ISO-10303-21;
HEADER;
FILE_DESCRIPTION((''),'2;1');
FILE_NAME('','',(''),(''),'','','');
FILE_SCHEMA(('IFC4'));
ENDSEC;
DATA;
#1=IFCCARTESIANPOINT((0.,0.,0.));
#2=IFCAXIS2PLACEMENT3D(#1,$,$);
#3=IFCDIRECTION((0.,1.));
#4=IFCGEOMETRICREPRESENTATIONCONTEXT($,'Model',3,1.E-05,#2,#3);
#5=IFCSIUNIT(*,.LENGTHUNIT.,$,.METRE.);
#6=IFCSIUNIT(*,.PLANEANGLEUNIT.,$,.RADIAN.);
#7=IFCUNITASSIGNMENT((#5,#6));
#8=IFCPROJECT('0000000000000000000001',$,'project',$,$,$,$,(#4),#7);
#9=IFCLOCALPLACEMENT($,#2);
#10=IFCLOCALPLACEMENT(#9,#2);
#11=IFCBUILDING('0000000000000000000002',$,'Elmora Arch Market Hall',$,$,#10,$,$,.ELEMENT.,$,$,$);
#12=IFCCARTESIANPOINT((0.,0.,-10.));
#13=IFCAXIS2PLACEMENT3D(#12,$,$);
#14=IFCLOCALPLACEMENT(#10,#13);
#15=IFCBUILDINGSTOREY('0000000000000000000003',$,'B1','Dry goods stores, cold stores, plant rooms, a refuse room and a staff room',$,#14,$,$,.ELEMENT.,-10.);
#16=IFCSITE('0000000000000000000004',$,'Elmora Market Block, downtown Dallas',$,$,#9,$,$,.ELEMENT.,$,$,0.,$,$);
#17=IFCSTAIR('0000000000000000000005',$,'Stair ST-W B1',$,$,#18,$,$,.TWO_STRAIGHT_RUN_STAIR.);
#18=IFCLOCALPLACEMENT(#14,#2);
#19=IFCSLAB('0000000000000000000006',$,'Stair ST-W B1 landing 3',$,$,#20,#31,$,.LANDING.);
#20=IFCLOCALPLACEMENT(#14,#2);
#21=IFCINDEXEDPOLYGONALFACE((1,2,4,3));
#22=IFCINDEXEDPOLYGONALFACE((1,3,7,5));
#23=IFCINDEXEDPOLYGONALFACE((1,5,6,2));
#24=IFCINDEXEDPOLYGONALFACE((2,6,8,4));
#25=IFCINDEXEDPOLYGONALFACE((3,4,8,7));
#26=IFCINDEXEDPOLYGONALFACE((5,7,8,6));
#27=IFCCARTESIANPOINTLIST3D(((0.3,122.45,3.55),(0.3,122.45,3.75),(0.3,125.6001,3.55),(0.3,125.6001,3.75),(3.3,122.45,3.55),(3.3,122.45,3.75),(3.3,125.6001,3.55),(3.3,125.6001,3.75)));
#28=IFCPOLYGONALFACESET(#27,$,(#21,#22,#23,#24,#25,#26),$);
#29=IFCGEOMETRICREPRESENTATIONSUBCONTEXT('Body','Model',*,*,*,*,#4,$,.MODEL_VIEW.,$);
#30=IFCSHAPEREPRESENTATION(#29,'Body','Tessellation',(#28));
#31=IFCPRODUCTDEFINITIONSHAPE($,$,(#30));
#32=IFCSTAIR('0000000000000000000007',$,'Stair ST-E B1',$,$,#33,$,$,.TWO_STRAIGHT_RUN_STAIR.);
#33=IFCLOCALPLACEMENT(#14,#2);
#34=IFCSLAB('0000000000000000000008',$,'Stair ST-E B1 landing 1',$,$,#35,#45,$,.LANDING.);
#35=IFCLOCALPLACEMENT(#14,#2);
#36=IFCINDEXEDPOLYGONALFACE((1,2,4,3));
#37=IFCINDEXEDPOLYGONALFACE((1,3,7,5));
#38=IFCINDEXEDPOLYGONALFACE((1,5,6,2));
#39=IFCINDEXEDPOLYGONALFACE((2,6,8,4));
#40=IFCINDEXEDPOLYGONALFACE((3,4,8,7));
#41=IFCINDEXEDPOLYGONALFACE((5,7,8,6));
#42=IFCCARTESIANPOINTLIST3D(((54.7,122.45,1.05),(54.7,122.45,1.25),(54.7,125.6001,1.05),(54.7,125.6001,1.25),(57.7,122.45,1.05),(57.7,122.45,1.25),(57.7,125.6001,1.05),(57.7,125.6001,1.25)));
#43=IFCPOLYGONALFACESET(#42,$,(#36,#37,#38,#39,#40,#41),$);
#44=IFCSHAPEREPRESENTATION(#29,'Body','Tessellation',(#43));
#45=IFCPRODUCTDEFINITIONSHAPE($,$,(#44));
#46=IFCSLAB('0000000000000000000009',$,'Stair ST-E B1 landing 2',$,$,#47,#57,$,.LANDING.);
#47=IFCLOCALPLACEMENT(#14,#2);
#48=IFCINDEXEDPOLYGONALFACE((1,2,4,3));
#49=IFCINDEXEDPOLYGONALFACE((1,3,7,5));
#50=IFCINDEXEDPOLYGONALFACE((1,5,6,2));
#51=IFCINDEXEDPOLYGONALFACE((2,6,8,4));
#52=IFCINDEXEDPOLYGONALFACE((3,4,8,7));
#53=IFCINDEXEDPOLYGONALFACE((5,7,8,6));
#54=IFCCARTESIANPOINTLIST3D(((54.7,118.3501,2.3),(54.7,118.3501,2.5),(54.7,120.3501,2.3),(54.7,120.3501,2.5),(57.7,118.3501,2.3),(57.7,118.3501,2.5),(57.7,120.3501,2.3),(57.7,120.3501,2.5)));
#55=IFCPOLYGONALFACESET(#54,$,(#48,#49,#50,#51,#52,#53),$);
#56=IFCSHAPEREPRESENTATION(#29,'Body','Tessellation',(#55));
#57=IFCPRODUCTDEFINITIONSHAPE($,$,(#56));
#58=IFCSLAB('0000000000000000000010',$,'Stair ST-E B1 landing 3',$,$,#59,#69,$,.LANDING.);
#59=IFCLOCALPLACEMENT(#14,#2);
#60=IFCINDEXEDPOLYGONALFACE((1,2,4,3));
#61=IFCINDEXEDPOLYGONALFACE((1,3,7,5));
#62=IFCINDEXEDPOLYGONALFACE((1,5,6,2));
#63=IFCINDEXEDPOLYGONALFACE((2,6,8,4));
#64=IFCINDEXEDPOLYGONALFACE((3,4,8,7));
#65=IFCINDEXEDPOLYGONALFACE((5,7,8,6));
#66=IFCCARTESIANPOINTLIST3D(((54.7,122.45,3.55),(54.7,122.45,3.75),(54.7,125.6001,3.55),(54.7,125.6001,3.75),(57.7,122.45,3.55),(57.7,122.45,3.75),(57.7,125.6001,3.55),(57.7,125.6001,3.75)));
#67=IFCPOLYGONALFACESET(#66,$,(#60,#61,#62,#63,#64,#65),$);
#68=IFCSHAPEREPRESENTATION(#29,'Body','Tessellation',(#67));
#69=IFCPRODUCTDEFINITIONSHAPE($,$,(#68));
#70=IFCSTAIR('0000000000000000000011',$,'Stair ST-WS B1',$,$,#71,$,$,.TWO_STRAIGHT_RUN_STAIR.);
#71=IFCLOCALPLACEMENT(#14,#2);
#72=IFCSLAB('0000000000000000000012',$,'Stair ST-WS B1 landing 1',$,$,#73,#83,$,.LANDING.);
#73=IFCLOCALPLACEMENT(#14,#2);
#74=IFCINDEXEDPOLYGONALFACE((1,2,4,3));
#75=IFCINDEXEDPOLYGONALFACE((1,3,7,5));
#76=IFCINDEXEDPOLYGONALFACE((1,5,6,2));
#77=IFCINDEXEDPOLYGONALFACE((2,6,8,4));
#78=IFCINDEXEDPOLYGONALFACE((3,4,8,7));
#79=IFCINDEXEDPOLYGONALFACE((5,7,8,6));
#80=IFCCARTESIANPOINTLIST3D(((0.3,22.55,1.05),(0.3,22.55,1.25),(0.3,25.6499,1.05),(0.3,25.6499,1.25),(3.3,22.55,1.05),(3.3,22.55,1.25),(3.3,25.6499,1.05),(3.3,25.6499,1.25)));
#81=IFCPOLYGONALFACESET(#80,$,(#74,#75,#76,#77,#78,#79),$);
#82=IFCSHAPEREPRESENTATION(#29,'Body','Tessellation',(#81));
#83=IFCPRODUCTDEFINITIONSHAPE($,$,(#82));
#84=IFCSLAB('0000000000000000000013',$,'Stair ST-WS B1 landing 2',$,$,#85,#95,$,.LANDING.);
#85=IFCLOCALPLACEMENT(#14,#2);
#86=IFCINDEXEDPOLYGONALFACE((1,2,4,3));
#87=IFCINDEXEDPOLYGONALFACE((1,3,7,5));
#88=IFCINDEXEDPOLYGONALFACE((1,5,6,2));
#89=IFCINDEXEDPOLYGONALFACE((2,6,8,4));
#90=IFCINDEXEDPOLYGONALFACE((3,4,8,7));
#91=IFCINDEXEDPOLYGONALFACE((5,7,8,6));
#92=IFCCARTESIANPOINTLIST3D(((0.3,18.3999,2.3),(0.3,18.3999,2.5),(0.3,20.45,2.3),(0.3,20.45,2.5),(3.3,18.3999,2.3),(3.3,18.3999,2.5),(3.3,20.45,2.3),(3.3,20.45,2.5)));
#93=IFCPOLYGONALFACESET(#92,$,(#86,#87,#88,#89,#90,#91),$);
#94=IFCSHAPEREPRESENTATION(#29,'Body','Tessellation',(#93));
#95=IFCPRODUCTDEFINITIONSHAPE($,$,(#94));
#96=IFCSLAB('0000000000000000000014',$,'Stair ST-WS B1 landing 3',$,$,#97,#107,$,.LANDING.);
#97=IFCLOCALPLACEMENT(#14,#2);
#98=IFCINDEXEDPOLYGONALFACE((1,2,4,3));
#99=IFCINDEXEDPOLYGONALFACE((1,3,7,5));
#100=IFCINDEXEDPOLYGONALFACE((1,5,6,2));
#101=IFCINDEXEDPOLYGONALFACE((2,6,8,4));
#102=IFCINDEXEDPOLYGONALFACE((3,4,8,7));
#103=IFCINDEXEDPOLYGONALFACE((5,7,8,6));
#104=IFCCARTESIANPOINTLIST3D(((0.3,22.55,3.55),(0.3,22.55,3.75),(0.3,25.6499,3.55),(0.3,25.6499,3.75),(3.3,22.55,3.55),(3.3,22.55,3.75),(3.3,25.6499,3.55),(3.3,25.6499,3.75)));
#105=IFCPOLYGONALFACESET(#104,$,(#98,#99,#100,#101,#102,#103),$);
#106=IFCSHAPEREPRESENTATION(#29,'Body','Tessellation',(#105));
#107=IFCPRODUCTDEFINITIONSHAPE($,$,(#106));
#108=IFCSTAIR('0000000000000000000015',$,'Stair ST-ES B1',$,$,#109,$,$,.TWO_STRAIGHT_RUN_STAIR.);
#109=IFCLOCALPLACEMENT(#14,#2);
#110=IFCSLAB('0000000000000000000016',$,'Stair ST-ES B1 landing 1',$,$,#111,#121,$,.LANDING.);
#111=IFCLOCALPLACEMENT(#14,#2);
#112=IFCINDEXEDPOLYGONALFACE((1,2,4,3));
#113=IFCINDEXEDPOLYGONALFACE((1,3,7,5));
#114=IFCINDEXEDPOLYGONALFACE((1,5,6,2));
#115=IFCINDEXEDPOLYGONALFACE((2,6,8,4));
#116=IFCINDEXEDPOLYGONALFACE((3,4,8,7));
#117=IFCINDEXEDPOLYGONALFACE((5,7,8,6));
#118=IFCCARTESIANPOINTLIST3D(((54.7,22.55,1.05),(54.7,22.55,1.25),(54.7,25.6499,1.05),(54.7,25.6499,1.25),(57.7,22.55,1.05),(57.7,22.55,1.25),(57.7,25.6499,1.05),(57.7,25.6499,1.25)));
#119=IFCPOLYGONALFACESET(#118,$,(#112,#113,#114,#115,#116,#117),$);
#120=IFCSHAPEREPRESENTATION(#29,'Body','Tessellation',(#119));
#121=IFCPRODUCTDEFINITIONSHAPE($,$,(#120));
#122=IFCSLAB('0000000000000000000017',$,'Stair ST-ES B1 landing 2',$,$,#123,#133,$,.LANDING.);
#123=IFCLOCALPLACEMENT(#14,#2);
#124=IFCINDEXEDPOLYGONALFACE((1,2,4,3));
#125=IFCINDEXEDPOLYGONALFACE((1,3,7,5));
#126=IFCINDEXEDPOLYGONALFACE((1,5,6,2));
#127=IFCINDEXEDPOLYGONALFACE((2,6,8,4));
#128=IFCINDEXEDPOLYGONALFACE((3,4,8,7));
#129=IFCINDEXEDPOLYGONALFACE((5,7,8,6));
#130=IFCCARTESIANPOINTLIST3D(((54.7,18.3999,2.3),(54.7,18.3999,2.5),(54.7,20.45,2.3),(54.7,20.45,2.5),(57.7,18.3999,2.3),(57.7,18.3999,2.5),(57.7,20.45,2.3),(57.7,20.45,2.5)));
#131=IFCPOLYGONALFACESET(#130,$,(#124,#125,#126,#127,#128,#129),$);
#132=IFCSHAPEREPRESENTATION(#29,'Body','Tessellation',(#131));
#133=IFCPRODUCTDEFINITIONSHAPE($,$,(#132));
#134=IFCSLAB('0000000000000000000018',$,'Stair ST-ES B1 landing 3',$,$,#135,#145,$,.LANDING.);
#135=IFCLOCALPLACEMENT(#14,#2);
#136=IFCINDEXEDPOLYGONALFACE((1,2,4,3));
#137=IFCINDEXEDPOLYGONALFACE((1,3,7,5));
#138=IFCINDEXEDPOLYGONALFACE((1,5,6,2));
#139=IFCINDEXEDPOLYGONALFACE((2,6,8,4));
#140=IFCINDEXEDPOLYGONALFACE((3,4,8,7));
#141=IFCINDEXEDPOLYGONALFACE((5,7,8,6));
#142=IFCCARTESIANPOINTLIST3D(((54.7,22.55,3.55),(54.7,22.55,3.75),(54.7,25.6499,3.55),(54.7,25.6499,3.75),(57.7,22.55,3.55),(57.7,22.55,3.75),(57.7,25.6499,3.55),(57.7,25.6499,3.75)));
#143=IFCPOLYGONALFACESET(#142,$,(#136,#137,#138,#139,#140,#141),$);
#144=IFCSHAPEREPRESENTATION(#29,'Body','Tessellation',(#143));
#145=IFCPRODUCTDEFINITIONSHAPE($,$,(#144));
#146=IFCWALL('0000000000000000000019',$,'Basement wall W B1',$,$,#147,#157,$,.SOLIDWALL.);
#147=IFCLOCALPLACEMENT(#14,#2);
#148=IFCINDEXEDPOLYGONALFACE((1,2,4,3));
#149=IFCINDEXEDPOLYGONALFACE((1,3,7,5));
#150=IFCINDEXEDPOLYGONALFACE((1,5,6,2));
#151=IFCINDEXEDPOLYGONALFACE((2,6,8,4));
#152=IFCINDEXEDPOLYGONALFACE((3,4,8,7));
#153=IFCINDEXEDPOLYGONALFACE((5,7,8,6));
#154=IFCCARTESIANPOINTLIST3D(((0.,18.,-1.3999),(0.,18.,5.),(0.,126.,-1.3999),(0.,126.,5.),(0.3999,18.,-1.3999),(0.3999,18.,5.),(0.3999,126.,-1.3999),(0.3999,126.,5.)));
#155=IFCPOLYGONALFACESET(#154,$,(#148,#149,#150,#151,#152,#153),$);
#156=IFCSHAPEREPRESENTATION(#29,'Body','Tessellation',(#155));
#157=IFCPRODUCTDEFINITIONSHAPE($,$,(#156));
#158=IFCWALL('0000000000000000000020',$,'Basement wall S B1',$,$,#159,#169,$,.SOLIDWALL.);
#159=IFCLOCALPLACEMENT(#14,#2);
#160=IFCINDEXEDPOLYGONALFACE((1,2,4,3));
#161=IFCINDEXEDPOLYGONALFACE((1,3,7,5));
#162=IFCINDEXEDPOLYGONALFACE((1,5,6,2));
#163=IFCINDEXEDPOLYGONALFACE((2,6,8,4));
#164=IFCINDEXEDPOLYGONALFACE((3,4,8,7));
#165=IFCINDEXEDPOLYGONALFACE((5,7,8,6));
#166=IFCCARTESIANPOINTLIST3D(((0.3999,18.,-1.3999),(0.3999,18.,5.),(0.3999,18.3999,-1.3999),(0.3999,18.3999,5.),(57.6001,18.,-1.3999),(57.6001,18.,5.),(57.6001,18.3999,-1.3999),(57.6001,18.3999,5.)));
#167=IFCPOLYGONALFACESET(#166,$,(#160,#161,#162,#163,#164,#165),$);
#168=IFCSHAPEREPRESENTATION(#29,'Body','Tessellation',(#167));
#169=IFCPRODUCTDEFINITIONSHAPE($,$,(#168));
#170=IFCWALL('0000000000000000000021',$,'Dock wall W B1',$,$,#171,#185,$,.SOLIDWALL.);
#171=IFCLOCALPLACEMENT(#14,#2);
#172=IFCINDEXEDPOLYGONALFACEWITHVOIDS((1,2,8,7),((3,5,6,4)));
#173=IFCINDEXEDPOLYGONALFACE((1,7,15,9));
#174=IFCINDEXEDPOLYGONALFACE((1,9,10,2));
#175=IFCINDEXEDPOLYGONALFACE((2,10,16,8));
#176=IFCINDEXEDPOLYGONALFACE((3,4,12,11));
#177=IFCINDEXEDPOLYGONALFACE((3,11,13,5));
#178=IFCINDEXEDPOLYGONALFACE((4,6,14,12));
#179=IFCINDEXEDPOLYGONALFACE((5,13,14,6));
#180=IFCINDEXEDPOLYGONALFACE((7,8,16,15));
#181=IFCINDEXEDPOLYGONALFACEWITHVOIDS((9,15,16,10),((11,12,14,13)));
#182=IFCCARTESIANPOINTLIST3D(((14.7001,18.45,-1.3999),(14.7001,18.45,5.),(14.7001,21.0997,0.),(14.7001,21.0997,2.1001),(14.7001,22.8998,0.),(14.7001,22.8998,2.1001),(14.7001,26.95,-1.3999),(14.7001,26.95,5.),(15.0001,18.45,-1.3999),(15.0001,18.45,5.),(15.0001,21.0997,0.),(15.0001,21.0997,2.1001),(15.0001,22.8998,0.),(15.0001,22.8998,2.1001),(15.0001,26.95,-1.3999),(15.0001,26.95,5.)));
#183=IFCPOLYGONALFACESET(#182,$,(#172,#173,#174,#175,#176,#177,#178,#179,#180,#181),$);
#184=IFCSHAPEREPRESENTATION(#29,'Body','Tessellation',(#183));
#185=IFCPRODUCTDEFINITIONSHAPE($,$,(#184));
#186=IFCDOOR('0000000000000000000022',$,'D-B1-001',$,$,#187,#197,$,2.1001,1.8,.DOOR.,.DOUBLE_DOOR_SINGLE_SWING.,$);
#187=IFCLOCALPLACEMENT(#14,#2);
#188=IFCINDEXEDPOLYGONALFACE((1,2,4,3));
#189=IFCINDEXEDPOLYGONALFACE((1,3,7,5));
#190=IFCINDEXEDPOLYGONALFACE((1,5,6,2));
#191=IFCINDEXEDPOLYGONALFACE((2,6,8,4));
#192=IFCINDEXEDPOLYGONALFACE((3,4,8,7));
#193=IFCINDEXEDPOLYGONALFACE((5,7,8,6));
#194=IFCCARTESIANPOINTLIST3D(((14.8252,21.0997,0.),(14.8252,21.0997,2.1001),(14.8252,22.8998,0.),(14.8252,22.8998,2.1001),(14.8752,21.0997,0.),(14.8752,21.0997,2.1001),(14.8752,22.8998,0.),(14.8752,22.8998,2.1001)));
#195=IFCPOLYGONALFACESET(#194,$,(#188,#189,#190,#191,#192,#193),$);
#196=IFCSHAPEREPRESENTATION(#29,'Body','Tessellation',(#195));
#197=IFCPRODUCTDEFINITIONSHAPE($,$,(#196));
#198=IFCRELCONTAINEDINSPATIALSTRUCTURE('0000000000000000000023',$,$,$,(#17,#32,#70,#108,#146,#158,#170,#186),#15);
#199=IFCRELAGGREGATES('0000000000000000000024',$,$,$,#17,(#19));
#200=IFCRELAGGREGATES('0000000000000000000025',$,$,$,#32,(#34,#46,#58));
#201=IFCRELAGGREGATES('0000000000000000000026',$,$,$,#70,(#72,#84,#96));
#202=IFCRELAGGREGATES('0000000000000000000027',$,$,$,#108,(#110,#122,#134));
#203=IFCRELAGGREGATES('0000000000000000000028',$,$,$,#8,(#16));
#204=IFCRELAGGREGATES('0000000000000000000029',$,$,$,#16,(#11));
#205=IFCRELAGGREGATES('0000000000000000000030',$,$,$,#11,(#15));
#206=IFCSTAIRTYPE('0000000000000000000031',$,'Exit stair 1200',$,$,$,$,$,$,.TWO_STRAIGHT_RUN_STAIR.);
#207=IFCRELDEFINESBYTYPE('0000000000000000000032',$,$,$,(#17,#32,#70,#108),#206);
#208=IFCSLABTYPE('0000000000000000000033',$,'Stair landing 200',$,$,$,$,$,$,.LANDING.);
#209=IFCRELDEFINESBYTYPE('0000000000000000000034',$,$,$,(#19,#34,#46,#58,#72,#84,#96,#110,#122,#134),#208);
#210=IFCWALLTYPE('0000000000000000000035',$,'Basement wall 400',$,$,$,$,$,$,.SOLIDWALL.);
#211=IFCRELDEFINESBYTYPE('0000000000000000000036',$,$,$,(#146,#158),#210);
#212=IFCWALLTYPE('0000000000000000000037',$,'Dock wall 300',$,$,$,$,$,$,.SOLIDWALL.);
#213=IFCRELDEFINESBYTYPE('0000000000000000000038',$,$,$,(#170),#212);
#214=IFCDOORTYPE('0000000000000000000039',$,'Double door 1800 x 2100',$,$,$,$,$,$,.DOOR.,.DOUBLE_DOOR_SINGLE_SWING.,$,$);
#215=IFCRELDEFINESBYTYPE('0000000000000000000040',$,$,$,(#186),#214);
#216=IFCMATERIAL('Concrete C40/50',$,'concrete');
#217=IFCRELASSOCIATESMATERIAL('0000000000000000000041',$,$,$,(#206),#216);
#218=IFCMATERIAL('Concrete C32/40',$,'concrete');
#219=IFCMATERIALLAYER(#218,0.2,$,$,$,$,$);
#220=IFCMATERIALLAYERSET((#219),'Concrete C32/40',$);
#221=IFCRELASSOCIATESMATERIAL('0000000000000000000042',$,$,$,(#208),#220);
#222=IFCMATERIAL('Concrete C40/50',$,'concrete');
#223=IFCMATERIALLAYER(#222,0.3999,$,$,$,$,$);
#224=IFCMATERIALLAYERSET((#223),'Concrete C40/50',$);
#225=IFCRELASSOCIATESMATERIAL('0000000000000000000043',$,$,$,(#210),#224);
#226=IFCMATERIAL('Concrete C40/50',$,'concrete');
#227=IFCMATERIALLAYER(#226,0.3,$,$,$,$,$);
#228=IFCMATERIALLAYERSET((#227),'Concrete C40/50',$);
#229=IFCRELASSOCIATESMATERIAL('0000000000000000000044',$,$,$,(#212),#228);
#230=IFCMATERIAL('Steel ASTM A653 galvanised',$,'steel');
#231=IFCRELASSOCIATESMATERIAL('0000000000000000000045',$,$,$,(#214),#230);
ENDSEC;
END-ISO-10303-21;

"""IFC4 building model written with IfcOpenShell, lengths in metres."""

from ifc_helpers import new_model, si_unit, direction, frame, frame_2d, origin, place, context, subcontext, project, spatial, polyline, rectangle, outline, extrude, material, layer, layer_set, type_object, element, fill, aggregate, save


model = new_model("IFC4")

# Units and contexts
model_context = context("Model", 3, precision=1e-05, world=origin(), true_north=direction((0.0, 1.0)))
body_context = subcontext(model_context, "Body", "Model", "MODEL_VIEW")
ifc_project = project(units=[si_unit("LENGTHUNIT", "METRE"), si_unit("PLANEANGLEUNIT", "RADIAN")], contexts=[model_context])

# Site, building, storey
site_placement = place(None, origin())
site = spatial("IfcSite", under=ifc_project, at=site_placement, Name="Elmora Market Block, downtown Dallas", CompositionType="ELEMENT", RefElevation=0.0)
building_placement = place(site_placement, origin())
building = spatial("IfcBuilding", under=site, at=building_placement, Name="Elmora Arch Market Hall", CompositionType="ELEMENT")
storey_placement = place(building_placement, frame((0.0, 0.0, -10.0)))
storey = spatial("IfcBuildingStorey", under=building, at=storey_placement, Name="B1", Description="Dry goods stores, cold stores, plant rooms, a refuse room and a staff room", CompositionType="ELEMENT", Elevation=-10.0)

# Stairs, slabs
ifc_material_1 = material(Name="Concrete C40/50", Category="concrete")
stair_type = type_object("IfcStairType", Name="Exit stair 1200", PredefinedType="TWO_STRAIGHT_RUN_STAIR", material=ifc_material_1)
stair_1_placement = place(storey_placement, origin())
stair_1 = element("IfcStair", 1, at=stair_1_placement, inside=storey, type_object=stair_type, Name="Stair ST-W B1", PredefinedType="TWO_STRAIGHT_RUN_STAIR")
ifc_material_2 = material(Name="Concrete C32/40", Category="concrete")
ifc_layer_1 = layer(ifc_material_2, 0.2)
ifc_layer_set_1 = layer_set([ifc_layer_1], Name="Concrete C32/40")
slab_type = type_object("IfcSlabType", Name="Stair landing 200", PredefinedType="LANDING", material=ifc_layer_set_1)
slab_1_placement = place(storey_placement, frame((0.0, 0.0, 3.55)))
slab_1 = element("IfcSlab", 2, at=slab_1_placement, type_object=slab_type, Name="Stair ST-W B1 landing 3", PredefinedType="LANDING", context=body_context, shape_type="SweptSolid", body=[
    extrude(outline(polyline([(0.3, 122.45), (3.3, 122.45), (3.3, 125.6001), (0.3, 125.6001), (0.3, 122.45)])), origin(), (0.0, 0.0, 1.0), 0.2),
])
aggregate(stair_1, [slab_1])
stair_2_placement = place(storey_placement, origin())
stair_2 = element("IfcStair", 3, at=stair_2_placement, inside=storey, type_object=stair_type, Name="Stair ST-E B1", PredefinedType="TWO_STRAIGHT_RUN_STAIR")
slab_2_placement = place(storey_placement, frame((0.0, 0.0, 1.05)))
slab_2 = element("IfcSlab", 4, at=slab_2_placement, type_object=slab_type, Name="Stair ST-E B1 landing 1", PredefinedType="LANDING", context=body_context, shape_type="SweptSolid", body=[
    extrude(outline(polyline([(54.7, 122.45), (57.7, 122.45), (57.7, 125.6001), (54.7, 125.6001), (54.7, 122.45)])), origin(), (0.0, 0.0, 1.0), 0.2),
])
slab_3_placement = place(storey_placement, frame((0.0, 0.0, 2.3)))
slab_3 = element("IfcSlab", 5, at=slab_3_placement, type_object=slab_type, Name="Stair ST-E B1 landing 2", PredefinedType="LANDING", context=body_context, shape_type="SweptSolid", body=[
    extrude(outline(polyline([(54.7, 118.3501), (57.7, 118.3501), (57.7, 120.3501), (54.7, 120.3501), (54.7, 118.3501)])), origin(), (0.0, 0.0, 1.0), 0.2),
])
slab_4_placement = place(storey_placement, frame((0.0, 0.0, 3.55)))
slab_4 = element("IfcSlab", 6, at=slab_4_placement, type_object=slab_type, Name="Stair ST-E B1 landing 3", PredefinedType="LANDING", context=body_context, shape_type="SweptSolid", body=[
    extrude(outline(polyline([(54.7, 122.45), (57.7, 122.45), (57.7, 125.6001), (54.7, 125.6001), (54.7, 122.45)])), origin(), (0.0, 0.0, 1.0), 0.2),
])
aggregate(stair_2, [slab_2, slab_3, slab_4])
stair_3_placement = place(storey_placement, origin())
stair_3 = element("IfcStair", 7, at=stair_3_placement, inside=storey, type_object=stair_type, Name="Stair ST-WS B1", PredefinedType="TWO_STRAIGHT_RUN_STAIR")
slab_5_placement = place(storey_placement, frame((0.0, 0.0, 1.05)))
slab_5 = element("IfcSlab", 8, at=slab_5_placement, type_object=slab_type, Name="Stair ST-WS B1 landing 1", PredefinedType="LANDING", context=body_context, shape_type="SweptSolid", body=[
    extrude(outline(polyline([(0.3, 22.55), (3.3, 22.55), (3.3, 25.6499), (0.3, 25.6499), (0.3, 22.55)])), origin(), (0.0, 0.0, 1.0), 0.2),
])
slab_6_placement = place(storey_placement, frame((0.0, 0.0, 2.3)))
slab_6 = element("IfcSlab", 9, at=slab_6_placement, type_object=slab_type, Name="Stair ST-WS B1 landing 2", PredefinedType="LANDING", context=body_context, shape_type="SweptSolid", body=[
    extrude(outline(polyline([(0.3, 18.3999), (3.3, 18.3999), (3.3, 20.45), (0.3, 20.45), (0.3, 18.3999)])), origin(), (0.0, 0.0, 1.0), 0.2),
])
slab_7_placement = place(storey_placement, frame((0.0, 0.0, 3.55)))
slab_7 = element("IfcSlab", 10, at=slab_7_placement, type_object=slab_type, Name="Stair ST-WS B1 landing 3", PredefinedType="LANDING", context=body_context, shape_type="SweptSolid", body=[
    extrude(outline(polyline([(0.3, 22.55), (3.3, 22.55), (3.3, 25.6499), (0.3, 25.6499), (0.3, 22.55)])), origin(), (0.0, 0.0, 1.0), 0.2),
])
aggregate(stair_3, [slab_5, slab_6, slab_7])
stair_4_placement = place(storey_placement, origin())
stair_4 = element("IfcStair", 11, at=stair_4_placement, inside=storey, type_object=stair_type, Name="Stair ST-ES B1", PredefinedType="TWO_STRAIGHT_RUN_STAIR")
slab_8_placement = place(storey_placement, frame((0.0, 0.0, 1.05)))
slab_8 = element("IfcSlab", 12, at=slab_8_placement, type_object=slab_type, Name="Stair ST-ES B1 landing 1", PredefinedType="LANDING", context=body_context, shape_type="SweptSolid", body=[
    extrude(outline(polyline([(54.7, 22.55), (57.7, 22.55), (57.7, 25.6499), (54.7, 25.6499), (54.7, 22.55)])), origin(), (0.0, 0.0, 1.0), 0.2),
])
slab_9_placement = place(storey_placement, frame((0.0, 0.0, 2.3)))
slab_9 = element("IfcSlab", 13, at=slab_9_placement, type_object=slab_type, Name="Stair ST-ES B1 landing 2", PredefinedType="LANDING", context=body_context, shape_type="SweptSolid", body=[
    extrude(outline(polyline([(54.7, 18.3999), (57.7, 18.3999), (57.7, 20.45), (54.7, 20.45), (54.7, 18.3999)])), origin(), (0.0, 0.0, 1.0), 0.2),
])
slab_10_placement = place(storey_placement, frame((0.0, 0.0, 3.55)))
slab_10 = element("IfcSlab", 14, at=slab_10_placement, type_object=slab_type, Name="Stair ST-ES B1 landing 3", PredefinedType="LANDING", context=body_context, shape_type="SweptSolid", body=[
    extrude(outline(polyline([(54.7, 22.55), (57.7, 22.55), (57.7, 25.6499), (54.7, 25.6499), (54.7, 22.55)])), origin(), (0.0, 0.0, 1.0), 0.2),
])
aggregate(stair_4, [slab_8, slab_9, slab_10])

# Walls
ifc_material_3 = material(Name="Concrete C40/50", Category="concrete")
ifc_layer_2 = layer(ifc_material_3, 0.3999)
ifc_layer_set_2 = layer_set([ifc_layer_2], Name="Concrete C40/50")
wall_type_1 = type_object("IfcWallType", Name="Basement wall 400", PredefinedType="SOLIDWALL", material=ifc_layer_set_2)
wall_1_placement = place(storey_placement, frame((0.2, 18.0, -1.3999), z_axis=(0.0, 0.0, 1.0), x_axis=(0.0, 1.0, 0.0)))
element("IfcWall", 15, at=wall_1_placement, inside=storey, type_object=wall_type_1, Name="Basement wall W B1", PredefinedType="SOLIDWALL", context=body_context, shape_type="SweptSolid", body=[
    extrude(rectangle(XDim=108.0, YDim=0.3999, at=frame_2d((54.0, 0.0))), origin(), (0.0, 0.0, 1.0), 6.3999),
])
wall_2_placement = place(storey_placement, frame((0.3999, 18.2, -1.3999), z_axis=(0.0, 0.0, 1.0), x_axis=(1.0, 0.0, 0.0)))
element("IfcWall", 16, at=wall_2_placement, inside=storey, type_object=wall_type_1, Name="Basement wall S B1", PredefinedType="SOLIDWALL", context=body_context, shape_type="SweptSolid", body=[
    extrude(rectangle(XDim=57.2002, YDim=0.3999, at=frame_2d((28.6001, 0.0))), origin(), (0.0, 0.0, 1.0), 6.3999),
])

# Wall, opening, door
ifc_material_4 = material(Name="Concrete C40/50", Category="concrete")
ifc_layer_3 = layer(ifc_material_4, 0.3)
ifc_layer_set_3 = layer_set([ifc_layer_3], Name="Concrete C40/50")
wall_type_2 = type_object("IfcWallType", Name="Dock wall 300", PredefinedType="SOLIDWALL", material=ifc_layer_set_3)
wall_3_placement = place(storey_placement, frame((14.8501, 18.45, -1.3999), z_axis=(0.0, 0.0, 1.0), x_axis=(0.0, 1.0, 0.0)))
wall_3 = element("IfcWall", 17, at=wall_3_placement, inside=storey, type_object=wall_type_2, Name="Dock wall W B1", PredefinedType="SOLIDWALL", context=body_context, shape_type="SweptSolid", body=[
    extrude(rectangle(XDim=8.5, YDim=0.3, at=frame_2d((4.25, 0.0))), origin(), (0.0, 0.0, 1.0), 6.3999),
])
opening_1_placement = place(wall_3_placement, frame((2.6499, 0.0, 1.3999)))
opening_1 = element("IfcOpeningElement", 18, at=opening_1_placement, cuts=wall_3, PredefinedType="OPENING", context=body_context, shape_type="SweptSolid", body=[
    extrude(rectangle(XDim=1.8, YDim=2.1001, at=frame_2d((0.8999, 1.05))), frame((0.0, 0.1599, 0.0), z_axis=(0.0, -1.0, 0.0), x_axis=(1.0, 0.0, 0.0)), (0.0, 0.0, 1.0), 0.3201),
])
ifc_material_5 = material(Name="Steel ASTM A653 galvanised", Category="steel")
door_type_1 = type_object("IfcDoorType", Name="Double door 1800 x 2100", OperationType="DOUBLE_DOOR_SINGLE_SWING", PredefinedType="DOOR", material=ifc_material_5)
door_1_placement = place(opening_1_placement, origin())
door_1 = element("IfcDoor", 19, at=door_1_placement, inside=storey, type_object=door_type_1, Name="D-B1-001", OperationType="DOUBLE_DOOR_SINGLE_SWING", OverallHeight=2.1001, OverallWidth=1.8, PredefinedType="DOOR", context=body_context, shape_type="SweptSolid", body=[
    extrude(rectangle(XDim=1.8, YDim=2.1001, at=frame_2d((0.8999, 1.05))), frame((0.0, 0.0249, 0.0), z_axis=(0.0, -1.0, 0.0), x_axis=(1.0, 0.0, 0.0)), (0.0, 0.0, 1.0), 0.05),
])
fill(opening_1, door_1)

save(model, "model.ifc")
